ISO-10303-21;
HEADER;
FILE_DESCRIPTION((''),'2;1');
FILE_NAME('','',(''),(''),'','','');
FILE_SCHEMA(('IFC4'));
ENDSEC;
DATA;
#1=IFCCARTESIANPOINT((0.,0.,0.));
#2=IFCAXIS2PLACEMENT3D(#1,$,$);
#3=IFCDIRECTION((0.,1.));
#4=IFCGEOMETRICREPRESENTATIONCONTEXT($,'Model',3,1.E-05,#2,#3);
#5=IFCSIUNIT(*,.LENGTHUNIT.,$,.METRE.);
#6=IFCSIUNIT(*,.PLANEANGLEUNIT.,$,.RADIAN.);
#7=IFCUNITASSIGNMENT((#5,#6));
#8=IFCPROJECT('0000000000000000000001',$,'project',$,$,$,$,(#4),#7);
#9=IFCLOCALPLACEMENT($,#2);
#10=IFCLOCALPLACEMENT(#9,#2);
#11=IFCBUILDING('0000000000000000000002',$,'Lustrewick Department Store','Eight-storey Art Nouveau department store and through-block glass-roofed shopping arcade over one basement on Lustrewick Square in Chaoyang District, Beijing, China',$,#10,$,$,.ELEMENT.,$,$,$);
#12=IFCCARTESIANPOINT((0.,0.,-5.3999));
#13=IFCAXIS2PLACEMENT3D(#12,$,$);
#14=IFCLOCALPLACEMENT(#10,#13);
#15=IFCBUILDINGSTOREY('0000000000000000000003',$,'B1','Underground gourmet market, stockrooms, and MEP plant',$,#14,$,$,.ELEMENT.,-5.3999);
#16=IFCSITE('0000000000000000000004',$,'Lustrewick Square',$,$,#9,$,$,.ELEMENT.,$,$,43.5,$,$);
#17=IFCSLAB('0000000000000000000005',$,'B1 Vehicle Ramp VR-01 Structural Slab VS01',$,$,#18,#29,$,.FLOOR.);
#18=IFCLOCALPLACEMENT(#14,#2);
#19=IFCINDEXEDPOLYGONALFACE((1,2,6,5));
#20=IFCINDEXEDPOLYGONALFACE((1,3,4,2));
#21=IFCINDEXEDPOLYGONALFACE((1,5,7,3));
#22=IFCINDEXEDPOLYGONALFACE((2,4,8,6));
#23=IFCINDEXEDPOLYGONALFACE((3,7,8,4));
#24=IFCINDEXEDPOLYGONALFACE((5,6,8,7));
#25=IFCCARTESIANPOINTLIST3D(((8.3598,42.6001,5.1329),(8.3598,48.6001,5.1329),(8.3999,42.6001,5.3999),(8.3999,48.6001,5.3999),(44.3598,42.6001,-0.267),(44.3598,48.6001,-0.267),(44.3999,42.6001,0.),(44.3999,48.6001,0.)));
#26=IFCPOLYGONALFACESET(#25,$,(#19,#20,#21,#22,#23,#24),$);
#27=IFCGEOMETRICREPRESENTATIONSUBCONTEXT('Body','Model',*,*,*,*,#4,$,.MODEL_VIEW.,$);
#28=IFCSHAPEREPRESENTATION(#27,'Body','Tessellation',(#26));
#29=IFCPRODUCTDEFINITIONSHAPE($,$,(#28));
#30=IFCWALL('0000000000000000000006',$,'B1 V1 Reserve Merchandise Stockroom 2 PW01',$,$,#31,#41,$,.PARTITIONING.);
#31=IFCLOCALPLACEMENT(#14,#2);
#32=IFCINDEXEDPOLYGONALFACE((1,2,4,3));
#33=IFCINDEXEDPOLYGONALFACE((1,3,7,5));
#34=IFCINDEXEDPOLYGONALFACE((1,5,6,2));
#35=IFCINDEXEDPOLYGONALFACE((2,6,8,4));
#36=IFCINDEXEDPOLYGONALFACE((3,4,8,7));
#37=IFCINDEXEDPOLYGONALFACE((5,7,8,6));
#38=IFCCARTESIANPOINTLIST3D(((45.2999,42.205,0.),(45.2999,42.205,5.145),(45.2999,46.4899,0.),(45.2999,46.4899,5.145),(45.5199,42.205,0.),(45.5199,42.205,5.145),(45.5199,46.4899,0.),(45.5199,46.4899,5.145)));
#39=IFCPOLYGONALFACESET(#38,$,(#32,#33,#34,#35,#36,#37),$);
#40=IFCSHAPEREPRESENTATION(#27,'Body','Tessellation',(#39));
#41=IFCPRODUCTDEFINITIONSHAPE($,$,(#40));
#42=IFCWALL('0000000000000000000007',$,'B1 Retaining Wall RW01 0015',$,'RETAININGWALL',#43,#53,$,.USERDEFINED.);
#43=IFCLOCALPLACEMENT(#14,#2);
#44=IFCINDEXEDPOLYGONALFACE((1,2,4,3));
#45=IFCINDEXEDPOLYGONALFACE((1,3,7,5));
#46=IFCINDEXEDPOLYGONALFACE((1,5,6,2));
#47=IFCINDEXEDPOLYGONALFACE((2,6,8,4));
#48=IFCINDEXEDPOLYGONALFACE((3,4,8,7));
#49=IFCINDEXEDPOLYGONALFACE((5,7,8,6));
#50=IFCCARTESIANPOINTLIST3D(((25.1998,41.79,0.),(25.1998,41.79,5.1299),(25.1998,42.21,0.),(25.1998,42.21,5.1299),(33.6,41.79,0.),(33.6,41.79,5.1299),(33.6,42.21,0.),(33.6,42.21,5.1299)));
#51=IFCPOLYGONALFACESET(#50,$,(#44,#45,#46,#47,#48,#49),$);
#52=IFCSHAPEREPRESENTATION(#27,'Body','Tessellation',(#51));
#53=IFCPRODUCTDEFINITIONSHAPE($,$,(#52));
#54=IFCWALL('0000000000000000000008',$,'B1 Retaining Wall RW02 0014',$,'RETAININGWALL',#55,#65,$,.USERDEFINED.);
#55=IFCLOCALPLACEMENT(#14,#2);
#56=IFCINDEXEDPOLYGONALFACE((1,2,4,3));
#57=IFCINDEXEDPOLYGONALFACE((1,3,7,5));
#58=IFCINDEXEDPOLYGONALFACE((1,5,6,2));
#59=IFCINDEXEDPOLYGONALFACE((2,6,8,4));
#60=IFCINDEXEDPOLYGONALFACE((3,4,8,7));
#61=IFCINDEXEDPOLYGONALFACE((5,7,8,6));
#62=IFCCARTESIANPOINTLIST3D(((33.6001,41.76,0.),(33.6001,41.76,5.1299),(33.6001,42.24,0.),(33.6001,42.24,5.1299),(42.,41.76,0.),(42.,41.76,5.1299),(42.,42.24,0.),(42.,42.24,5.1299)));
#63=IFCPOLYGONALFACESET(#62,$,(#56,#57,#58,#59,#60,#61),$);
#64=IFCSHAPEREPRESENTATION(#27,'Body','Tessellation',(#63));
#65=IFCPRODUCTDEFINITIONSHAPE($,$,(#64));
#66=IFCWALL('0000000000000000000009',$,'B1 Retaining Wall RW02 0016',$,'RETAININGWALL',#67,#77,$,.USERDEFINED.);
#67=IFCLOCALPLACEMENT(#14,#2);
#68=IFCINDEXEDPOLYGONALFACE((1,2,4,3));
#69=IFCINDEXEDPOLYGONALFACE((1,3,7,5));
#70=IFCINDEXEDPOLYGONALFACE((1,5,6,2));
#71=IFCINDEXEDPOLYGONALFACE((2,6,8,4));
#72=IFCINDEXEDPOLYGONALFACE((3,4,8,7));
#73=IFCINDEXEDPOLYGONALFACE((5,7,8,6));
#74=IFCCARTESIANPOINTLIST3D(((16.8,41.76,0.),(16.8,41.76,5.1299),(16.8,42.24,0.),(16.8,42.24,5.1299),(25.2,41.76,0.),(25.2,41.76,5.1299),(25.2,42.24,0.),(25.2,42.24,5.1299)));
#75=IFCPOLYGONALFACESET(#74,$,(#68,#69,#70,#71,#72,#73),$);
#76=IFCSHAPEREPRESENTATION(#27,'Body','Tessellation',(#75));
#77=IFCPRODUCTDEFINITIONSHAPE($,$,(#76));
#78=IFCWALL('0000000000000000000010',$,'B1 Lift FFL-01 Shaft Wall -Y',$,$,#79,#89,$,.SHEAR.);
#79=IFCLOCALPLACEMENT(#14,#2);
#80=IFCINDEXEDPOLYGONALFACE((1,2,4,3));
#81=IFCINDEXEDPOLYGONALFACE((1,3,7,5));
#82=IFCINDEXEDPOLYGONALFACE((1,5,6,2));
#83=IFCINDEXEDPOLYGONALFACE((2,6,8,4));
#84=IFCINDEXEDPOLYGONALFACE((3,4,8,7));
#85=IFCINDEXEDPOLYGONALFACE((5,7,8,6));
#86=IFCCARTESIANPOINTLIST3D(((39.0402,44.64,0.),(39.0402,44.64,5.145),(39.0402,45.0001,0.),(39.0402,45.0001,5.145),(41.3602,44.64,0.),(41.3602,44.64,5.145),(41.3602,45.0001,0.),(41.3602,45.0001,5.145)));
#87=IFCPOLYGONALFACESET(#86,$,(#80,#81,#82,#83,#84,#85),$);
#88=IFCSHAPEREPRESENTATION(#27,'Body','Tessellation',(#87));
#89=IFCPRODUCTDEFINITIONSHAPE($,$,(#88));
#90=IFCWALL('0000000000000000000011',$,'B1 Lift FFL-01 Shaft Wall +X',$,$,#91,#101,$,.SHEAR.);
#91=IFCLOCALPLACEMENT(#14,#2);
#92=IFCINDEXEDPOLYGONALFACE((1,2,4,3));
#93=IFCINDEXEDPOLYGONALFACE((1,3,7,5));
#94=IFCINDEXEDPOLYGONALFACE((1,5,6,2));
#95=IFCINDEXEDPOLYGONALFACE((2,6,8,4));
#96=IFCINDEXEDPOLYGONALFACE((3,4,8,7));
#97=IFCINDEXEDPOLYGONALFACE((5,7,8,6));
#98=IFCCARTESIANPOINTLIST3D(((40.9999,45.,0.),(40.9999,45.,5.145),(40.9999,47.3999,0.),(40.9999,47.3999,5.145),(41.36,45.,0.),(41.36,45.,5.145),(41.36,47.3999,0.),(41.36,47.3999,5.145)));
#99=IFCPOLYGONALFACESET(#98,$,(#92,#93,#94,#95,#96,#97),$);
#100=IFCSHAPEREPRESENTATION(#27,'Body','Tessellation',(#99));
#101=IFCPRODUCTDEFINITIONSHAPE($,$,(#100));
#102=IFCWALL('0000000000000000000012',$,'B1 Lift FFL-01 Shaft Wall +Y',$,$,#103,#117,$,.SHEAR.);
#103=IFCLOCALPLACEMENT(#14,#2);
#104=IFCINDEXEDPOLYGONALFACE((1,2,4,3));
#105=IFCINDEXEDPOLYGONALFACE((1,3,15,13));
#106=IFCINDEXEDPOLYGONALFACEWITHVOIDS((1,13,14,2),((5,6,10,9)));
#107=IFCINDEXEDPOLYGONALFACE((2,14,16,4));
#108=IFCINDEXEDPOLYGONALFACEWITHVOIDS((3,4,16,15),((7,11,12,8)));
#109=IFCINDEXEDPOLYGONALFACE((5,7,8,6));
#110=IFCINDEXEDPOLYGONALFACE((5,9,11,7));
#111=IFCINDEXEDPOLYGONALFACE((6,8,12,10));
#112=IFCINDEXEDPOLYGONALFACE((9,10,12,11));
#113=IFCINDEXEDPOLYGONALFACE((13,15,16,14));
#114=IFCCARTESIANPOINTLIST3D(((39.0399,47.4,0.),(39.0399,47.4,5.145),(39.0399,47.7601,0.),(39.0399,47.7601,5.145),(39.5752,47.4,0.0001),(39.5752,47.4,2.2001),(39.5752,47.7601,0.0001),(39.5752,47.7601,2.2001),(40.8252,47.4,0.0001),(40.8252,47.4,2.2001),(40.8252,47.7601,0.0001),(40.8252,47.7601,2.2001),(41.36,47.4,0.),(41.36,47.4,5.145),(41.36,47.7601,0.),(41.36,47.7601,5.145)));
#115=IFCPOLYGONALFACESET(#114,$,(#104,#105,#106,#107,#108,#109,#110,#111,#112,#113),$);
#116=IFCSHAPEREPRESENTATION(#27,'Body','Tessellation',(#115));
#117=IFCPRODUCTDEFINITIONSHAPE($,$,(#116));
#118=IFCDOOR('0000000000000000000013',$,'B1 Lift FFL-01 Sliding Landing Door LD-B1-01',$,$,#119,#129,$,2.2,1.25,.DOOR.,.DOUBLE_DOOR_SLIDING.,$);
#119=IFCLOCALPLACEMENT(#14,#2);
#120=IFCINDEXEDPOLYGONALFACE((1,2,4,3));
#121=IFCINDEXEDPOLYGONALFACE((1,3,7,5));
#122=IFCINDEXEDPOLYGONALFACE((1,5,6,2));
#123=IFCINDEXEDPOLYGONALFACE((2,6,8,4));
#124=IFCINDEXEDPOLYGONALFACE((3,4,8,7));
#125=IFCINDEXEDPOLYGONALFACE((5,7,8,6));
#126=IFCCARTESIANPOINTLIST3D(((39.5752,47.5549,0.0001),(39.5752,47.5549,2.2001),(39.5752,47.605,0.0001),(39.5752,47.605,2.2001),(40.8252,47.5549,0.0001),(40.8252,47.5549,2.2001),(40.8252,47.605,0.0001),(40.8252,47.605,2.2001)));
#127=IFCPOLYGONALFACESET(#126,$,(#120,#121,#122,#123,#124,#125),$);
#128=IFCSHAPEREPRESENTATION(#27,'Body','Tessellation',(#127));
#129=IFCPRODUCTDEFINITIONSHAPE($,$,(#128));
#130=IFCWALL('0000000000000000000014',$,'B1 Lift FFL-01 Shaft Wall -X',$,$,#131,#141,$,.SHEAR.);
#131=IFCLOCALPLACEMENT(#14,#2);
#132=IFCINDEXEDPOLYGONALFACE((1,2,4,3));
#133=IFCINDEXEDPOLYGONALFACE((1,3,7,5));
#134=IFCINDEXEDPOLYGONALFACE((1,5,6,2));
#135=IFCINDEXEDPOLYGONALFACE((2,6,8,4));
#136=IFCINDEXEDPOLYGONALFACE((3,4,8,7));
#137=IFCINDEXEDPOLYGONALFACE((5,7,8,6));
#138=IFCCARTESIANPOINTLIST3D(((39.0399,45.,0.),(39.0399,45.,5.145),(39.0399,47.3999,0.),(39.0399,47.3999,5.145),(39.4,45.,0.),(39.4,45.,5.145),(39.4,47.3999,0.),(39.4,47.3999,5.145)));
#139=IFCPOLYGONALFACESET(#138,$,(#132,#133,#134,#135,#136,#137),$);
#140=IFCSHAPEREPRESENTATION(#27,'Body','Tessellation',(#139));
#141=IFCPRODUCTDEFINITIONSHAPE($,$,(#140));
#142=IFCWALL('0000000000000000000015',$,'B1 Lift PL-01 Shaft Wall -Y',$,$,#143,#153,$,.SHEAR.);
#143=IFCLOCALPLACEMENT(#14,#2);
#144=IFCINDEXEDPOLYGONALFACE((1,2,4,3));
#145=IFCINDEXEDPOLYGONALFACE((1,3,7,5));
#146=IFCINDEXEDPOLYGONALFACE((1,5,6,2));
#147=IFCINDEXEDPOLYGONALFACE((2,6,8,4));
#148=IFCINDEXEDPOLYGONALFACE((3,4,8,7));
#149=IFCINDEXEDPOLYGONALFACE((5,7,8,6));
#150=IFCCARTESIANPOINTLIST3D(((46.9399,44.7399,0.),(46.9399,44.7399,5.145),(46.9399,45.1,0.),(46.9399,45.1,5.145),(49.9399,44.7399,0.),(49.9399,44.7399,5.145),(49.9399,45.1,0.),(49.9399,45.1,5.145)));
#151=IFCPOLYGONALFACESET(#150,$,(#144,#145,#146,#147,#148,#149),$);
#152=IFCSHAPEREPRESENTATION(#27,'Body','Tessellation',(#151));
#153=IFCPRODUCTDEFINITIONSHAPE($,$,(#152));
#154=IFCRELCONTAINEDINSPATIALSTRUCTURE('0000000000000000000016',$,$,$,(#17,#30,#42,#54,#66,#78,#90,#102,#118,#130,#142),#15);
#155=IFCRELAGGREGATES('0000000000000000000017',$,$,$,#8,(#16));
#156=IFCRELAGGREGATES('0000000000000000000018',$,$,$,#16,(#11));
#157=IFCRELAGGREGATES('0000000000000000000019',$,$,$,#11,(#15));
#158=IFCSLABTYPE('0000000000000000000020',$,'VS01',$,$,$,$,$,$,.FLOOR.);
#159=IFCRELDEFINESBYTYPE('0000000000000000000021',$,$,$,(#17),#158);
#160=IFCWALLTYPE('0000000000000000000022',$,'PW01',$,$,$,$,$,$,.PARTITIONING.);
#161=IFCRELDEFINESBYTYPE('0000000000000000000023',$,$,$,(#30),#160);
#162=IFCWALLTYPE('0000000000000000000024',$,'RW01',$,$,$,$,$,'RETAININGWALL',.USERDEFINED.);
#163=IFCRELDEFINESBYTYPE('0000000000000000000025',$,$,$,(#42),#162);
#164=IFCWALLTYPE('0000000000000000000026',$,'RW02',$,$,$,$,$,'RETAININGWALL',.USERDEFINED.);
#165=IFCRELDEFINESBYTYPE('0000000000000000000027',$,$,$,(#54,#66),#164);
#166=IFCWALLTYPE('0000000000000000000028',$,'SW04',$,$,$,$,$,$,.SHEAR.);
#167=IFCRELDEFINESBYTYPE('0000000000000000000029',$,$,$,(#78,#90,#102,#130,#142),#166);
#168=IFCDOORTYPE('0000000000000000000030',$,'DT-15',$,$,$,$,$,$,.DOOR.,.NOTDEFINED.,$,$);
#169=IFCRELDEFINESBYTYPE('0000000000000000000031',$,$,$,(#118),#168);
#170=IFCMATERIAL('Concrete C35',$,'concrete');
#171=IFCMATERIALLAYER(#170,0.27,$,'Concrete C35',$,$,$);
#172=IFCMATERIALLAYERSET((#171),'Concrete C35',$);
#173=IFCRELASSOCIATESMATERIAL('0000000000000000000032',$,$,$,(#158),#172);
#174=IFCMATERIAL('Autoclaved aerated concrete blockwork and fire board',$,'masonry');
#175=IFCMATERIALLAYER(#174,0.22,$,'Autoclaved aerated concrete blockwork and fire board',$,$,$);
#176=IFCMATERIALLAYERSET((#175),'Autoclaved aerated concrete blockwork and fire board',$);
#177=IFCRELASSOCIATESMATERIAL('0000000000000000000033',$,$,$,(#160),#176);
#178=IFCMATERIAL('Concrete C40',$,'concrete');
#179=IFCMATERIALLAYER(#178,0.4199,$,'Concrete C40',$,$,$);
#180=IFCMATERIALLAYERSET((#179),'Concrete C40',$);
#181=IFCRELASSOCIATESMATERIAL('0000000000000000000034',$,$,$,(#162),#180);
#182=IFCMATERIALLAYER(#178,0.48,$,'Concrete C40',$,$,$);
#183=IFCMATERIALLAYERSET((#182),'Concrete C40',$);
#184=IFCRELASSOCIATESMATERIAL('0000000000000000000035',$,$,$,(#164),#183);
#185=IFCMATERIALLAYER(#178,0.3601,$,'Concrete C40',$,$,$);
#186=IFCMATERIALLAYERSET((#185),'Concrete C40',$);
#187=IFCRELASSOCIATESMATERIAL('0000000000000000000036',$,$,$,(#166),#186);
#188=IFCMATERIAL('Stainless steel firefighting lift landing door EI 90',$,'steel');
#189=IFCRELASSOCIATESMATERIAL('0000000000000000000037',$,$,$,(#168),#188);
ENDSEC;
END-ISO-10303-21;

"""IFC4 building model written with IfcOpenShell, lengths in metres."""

from ifc_helpers import new_model, si_unit, direction, frame, frame_2d, origin, place, context, subcontext, project, spatial, polyline, rectangle, outline, extrude, material, layer, layer_set, type_object, element, fill, save


model = new_model("IFC4")

# Units and contexts
model_context = context("Model", 3, precision=1e-05, world=origin(), true_north=direction((0.0, 1.0)))
body_context = subcontext(model_context, "Body", "Model", "MODEL_VIEW")
ifc_project = project(units=[si_unit("LENGTHUNIT", "METRE"), si_unit("PLANEANGLEUNIT", "RADIAN")], contexts=[model_context])

# Site, building, storey
site_placement = place(None, origin())
site = spatial("IfcSite", under=ifc_project, at=site_placement, Name="Lustrewick Square", CompositionType="ELEMENT", RefElevation=43.5)
building_placement = place(site_placement, origin())
building = spatial("IfcBuilding", under=site, at=building_placement, Name="Lustrewick Department Store", Description="Eight-storey Art Nouveau department store and through-block glass-roofed shopping arcade over one basement on Lustrewick Square in Chaoyang District, Beijing, China", CompositionType="ELEMENT")
storey_placement = place(building_placement, frame((0.0, 0.0, -5.3999)))
storey = spatial("IfcBuildingStorey", under=building, at=storey_placement, Name="B1", Description="Underground gourmet market, stockrooms, and MEP plant", CompositionType="ELEMENT", Elevation=-5.3999)

# Shared definitions
ifc_material_1 = material(Name="Concrete C40", Category="concrete")

# Slab
ifc_material_2 = material(Name="Concrete C35", Category="concrete")
ifc_layer_1 = layer(ifc_material_2, 0.27, Name="Concrete C35")
ifc_layer_set_1 = layer_set([ifc_layer_1], Name="Concrete C35")
slab_type = type_object("IfcSlabType", Name="VS01", PredefinedType="FLOOR", material=ifc_layer_set_1)
slab_placement = place(storey_placement, frame((44.3999, 42.6001, 0.0), z_axis=(0.148338, 0.0, 0.988937), x_axis=(-0.988937, 0.0, 0.148338)))
element("IfcSlab", 1, at=slab_placement, inside=storey, type_object=slab_type, Name="B1 Vehicle Ramp VR-01 Structural Slab VS01", PredefinedType="FLOOR", context=body_context, shape_type="SweptSolid", body=[
    extrude(outline(polyline([(0.0, 0.0), (36.4027, 0.0), (36.4027, -6.0), (0.0, -6.0), (0.0, 0.0)])), origin(), (0.0, 0.0, -1.0), 0.27),
])

# Walls
ifc_material_3 = material(Name="Autoclaved aerated concrete blockwork and fire board", Category="masonry")
ifc_layer_2 = layer(ifc_material_3, 0.22, Name="Autoclaved aerated concrete blockwork and fire board")
ifc_layer_set_2 = layer_set([ifc_layer_2], Name="Autoclaved aerated concrete blockwork and fire board")
wall_type_1 = type_object("IfcWallType", Name="PW01", PredefinedType="PARTITIONING", material=ifc_layer_set_2)
wall_1_placement = place(storey_placement, frame((45.4099, 46.49, 0.0), z_axis=(0.0, 0.0, 1.0), x_axis=(0.0, -1.0, 0.0)))
element("IfcWall", 2, at=wall_1_placement, inside=storey, type_object=wall_type_1, Name="B1 V1 Reserve Merchandise Stockroom 2 PW01", PredefinedType="PARTITIONING", context=body_context, shape_type="SweptSolid", body=[
    extrude(rectangle(XDim=4.2849, YDim=0.22, at=frame_2d((2.1426, 0.0))), origin(), (0.0, 0.0, 1.0), 5.145),
])
ifc_layer_3 = layer(ifc_material_1, 0.4199, Name="Concrete C40")
ifc_layer_set_3 = layer_set([ifc_layer_3], Name="Concrete C40")
wall_type_2 = type_object("IfcWallType", Name="RW01", ElementType="RETAININGWALL", PredefinedType="USERDEFINED", material=ifc_layer_set_3)
wall_2_placement = place(storey_placement, frame((33.6001, 42.0, 0.0), z_axis=(0.0, 0.0, 1.0), x_axis=(-1.0, 0.0, 0.0)))
element("IfcWall", 3, at=wall_2_placement, inside=storey, type_object=wall_type_2, Name="B1 Retaining Wall RW01 0015", ObjectType="RETAININGWALL", PredefinedType="USERDEFINED", context=body_context, shape_type="SweptSolid", body=[
    extrude(rectangle(XDim=8.4001, YDim=0.4199, at=frame_2d((4.2002, 0.0))), origin(), (0.0, 0.0, 1.0), 5.1299),
])
ifc_layer_4 = layer(ifc_material_1, 0.48, Name="Concrete C40")
ifc_layer_set_4 = layer_set([ifc_layer_4], Name="Concrete C40")
wall_type_3 = type_object("IfcWallType", Name="RW02", ElementType="RETAININGWALL", PredefinedType="USERDEFINED", material=ifc_layer_set_4)
for number, where, z_axis, x_axis, name in (
    (4, (42.0, 42.0, 0.0), (0.0, 0.0, 1.0), (-1.0, 0.0, 0.0), "B1 Retaining Wall RW02 0014"),
    (5, (25.2, 42.0, 0.0), (0.0, 0.0, 1.0), (-1.0, 0.0, 0.0), "B1 Retaining Wall RW02 0016"),
):
    element("IfcWall", number, at=place(storey_placement, frame(where, z_axis=z_axis, x_axis=x_axis)), inside=storey, type_object=wall_type_3, Name=name, ObjectType="RETAININGWALL", PredefinedType="USERDEFINED", context=body_context, shape_type="SweptSolid", body=[
        extrude(rectangle(XDim=8.3999, YDim=0.48, at=frame_2d((4.2, 0.0))), origin(), (0.0, 0.0, 1.0), 5.1299),
    ])
ifc_layer_5 = layer(ifc_material_1, 0.3601, Name="Concrete C40")
ifc_layer_set_5 = layer_set([ifc_layer_5], Name="Concrete C40")
wall_type_4 = type_object("IfcWallType", Name="SW04", PredefinedType="SHEAR", material=ifc_layer_set_5)
wall_3_placement = place(storey_placement, frame((39.04, 44.8201, 0.0), z_axis=(0.0, 0.0, 1.0), x_axis=(1.0, 0.0, 0.0)))
element("IfcWall", 6, at=wall_3_placement, inside=storey, type_object=wall_type_4, Name="B1 Lift FFL-01 Shaft Wall -Y", PredefinedType="SHEAR", context=body_context, shape_type="SweptSolid", body=[
    extrude(rectangle(XDim=2.3201, YDim=0.3601, at=frame_2d((1.1602, 0.0))), origin(), (0.0, 0.0, 1.0), 5.145),
])
wall_4_placement = place(storey_placement, frame((41.1799, 45.0, 0.0), z_axis=(0.0, 0.0, 1.0), x_axis=(0.0, 1.0, 0.0)))
element("IfcWall", 7, at=wall_4_placement, inside=storey, type_object=wall_type_4, Name="B1 Lift FFL-01 Shaft Wall +X", PredefinedType="SHEAR", context=body_context, shape_type="SweptSolid", body=[
    extrude(rectangle(XDim=2.3999, YDim=0.3601, at=frame_2d((1.2, 0.0))), origin(), (0.0, 0.0, 1.0), 5.145),
])

# Wall, opening, door
wall_5_placement = place(storey_placement, frame((41.3601, 47.5801, 0.0), z_axis=(0.0, 0.0, 1.0), x_axis=(-1.0, 0.0, 0.0)))
wall_5 = element("IfcWall", 8, at=wall_5_placement, inside=storey, type_object=wall_type_4, Name="B1 Lift FFL-01 Shaft Wall +Y", PredefinedType="SHEAR", context=body_context, shape_type="SweptSolid", body=[
    extrude(rectangle(XDim=2.3201, YDim=0.3601, at=frame_2d((1.1602, 0.0))), origin(), (0.0, 0.0, 1.0), 5.145),
])
opening_placement = place(wall_5_placement, frame((0.5349, 0.0, 0.0)))
opening = element("IfcOpeningElement", 9, at=opening_placement, cuts=wall_5, PredefinedType="OPENING", context=body_context, shape_type="SweptSolid", body=[
    extrude(rectangle(XDim=1.25, YDim=2.2, at=frame_2d((0.625, 1.1001))), frame((0.0, 0.1899, 0.0), z_axis=(0.0, -1.0, 0.0), x_axis=(1.0, 0.0, 0.0)), (0.0, 0.0, 1.0), 0.3801),
])
ifc_material_4 = material(Name="Stainless steel firefighting lift landing door EI 90", Category="steel")
door_type = type_object("IfcDoorType", Name="DT-15", OperationType="NOTDEFINED", PredefinedType="DOOR", material=ifc_material_4)
door_placement = place(opening_placement, frame((1.25, 0.0, 0.0), z_axis=(0.0, 0.0, 1.0), x_axis=(-1.0, 0.0, 0.0)))
door = element("IfcDoor", 10, at=door_placement, inside=storey, type_object=door_type, Name="B1 Lift FFL-01 Sliding Landing Door LD-B1-01", OperationType="DOUBLE_DOOR_SLIDING", OverallHeight=2.2, OverallWidth=1.25, PredefinedType="DOOR", context=body_context, shape_type="SweptSolid", body=[
    extrude(rectangle(XDim=1.25, YDim=2.2, at=frame_2d((0.625, 1.1001))), frame((0.0, 0.0249, 0.0), z_axis=(0.0, -1.0, 0.0), x_axis=(1.0, 0.0, 0.0)), (0.0, 0.0, 1.0), 0.05),
])
fill(opening, door)

# Walls
wall_6_placement = place(storey_placement, frame((39.22, 47.3999, 0.0), z_axis=(0.0, 0.0, 1.0), x_axis=(0.0, -1.0, 0.0)))
element("IfcWall", 11, at=wall_6_placement, inside=storey, type_object=wall_type_4, Name="B1 Lift FFL-01 Shaft Wall -X", PredefinedType="SHEAR", context=body_context, shape_type="SweptSolid", body=[
    extrude(rectangle(XDim=2.3999, YDim=0.3601, at=frame_2d((1.2, 0.0))), origin(), (0.0, 0.0, 1.0), 5.145),
])
wall_7_placement = place(storey_placement, frame((46.9399, 44.9199, 0.0), z_axis=(0.0, 0.0, 1.0), x_axis=(1.0, 0.0, 0.0)))
element("IfcWall", 12, at=wall_7_placement, inside=storey, type_object=wall_type_4, Name="B1 Lift PL-01 Shaft Wall -Y", PredefinedType="SHEAR", context=body_context, shape_type="SweptSolid", body=[
    extrude(rectangle(XDim=3.0, YDim=0.3601, at=frame_2d((1.5, 0.0))), origin(), (0.0, 0.0, 1.0), 5.145),
])

save(model, "model.ifc")
